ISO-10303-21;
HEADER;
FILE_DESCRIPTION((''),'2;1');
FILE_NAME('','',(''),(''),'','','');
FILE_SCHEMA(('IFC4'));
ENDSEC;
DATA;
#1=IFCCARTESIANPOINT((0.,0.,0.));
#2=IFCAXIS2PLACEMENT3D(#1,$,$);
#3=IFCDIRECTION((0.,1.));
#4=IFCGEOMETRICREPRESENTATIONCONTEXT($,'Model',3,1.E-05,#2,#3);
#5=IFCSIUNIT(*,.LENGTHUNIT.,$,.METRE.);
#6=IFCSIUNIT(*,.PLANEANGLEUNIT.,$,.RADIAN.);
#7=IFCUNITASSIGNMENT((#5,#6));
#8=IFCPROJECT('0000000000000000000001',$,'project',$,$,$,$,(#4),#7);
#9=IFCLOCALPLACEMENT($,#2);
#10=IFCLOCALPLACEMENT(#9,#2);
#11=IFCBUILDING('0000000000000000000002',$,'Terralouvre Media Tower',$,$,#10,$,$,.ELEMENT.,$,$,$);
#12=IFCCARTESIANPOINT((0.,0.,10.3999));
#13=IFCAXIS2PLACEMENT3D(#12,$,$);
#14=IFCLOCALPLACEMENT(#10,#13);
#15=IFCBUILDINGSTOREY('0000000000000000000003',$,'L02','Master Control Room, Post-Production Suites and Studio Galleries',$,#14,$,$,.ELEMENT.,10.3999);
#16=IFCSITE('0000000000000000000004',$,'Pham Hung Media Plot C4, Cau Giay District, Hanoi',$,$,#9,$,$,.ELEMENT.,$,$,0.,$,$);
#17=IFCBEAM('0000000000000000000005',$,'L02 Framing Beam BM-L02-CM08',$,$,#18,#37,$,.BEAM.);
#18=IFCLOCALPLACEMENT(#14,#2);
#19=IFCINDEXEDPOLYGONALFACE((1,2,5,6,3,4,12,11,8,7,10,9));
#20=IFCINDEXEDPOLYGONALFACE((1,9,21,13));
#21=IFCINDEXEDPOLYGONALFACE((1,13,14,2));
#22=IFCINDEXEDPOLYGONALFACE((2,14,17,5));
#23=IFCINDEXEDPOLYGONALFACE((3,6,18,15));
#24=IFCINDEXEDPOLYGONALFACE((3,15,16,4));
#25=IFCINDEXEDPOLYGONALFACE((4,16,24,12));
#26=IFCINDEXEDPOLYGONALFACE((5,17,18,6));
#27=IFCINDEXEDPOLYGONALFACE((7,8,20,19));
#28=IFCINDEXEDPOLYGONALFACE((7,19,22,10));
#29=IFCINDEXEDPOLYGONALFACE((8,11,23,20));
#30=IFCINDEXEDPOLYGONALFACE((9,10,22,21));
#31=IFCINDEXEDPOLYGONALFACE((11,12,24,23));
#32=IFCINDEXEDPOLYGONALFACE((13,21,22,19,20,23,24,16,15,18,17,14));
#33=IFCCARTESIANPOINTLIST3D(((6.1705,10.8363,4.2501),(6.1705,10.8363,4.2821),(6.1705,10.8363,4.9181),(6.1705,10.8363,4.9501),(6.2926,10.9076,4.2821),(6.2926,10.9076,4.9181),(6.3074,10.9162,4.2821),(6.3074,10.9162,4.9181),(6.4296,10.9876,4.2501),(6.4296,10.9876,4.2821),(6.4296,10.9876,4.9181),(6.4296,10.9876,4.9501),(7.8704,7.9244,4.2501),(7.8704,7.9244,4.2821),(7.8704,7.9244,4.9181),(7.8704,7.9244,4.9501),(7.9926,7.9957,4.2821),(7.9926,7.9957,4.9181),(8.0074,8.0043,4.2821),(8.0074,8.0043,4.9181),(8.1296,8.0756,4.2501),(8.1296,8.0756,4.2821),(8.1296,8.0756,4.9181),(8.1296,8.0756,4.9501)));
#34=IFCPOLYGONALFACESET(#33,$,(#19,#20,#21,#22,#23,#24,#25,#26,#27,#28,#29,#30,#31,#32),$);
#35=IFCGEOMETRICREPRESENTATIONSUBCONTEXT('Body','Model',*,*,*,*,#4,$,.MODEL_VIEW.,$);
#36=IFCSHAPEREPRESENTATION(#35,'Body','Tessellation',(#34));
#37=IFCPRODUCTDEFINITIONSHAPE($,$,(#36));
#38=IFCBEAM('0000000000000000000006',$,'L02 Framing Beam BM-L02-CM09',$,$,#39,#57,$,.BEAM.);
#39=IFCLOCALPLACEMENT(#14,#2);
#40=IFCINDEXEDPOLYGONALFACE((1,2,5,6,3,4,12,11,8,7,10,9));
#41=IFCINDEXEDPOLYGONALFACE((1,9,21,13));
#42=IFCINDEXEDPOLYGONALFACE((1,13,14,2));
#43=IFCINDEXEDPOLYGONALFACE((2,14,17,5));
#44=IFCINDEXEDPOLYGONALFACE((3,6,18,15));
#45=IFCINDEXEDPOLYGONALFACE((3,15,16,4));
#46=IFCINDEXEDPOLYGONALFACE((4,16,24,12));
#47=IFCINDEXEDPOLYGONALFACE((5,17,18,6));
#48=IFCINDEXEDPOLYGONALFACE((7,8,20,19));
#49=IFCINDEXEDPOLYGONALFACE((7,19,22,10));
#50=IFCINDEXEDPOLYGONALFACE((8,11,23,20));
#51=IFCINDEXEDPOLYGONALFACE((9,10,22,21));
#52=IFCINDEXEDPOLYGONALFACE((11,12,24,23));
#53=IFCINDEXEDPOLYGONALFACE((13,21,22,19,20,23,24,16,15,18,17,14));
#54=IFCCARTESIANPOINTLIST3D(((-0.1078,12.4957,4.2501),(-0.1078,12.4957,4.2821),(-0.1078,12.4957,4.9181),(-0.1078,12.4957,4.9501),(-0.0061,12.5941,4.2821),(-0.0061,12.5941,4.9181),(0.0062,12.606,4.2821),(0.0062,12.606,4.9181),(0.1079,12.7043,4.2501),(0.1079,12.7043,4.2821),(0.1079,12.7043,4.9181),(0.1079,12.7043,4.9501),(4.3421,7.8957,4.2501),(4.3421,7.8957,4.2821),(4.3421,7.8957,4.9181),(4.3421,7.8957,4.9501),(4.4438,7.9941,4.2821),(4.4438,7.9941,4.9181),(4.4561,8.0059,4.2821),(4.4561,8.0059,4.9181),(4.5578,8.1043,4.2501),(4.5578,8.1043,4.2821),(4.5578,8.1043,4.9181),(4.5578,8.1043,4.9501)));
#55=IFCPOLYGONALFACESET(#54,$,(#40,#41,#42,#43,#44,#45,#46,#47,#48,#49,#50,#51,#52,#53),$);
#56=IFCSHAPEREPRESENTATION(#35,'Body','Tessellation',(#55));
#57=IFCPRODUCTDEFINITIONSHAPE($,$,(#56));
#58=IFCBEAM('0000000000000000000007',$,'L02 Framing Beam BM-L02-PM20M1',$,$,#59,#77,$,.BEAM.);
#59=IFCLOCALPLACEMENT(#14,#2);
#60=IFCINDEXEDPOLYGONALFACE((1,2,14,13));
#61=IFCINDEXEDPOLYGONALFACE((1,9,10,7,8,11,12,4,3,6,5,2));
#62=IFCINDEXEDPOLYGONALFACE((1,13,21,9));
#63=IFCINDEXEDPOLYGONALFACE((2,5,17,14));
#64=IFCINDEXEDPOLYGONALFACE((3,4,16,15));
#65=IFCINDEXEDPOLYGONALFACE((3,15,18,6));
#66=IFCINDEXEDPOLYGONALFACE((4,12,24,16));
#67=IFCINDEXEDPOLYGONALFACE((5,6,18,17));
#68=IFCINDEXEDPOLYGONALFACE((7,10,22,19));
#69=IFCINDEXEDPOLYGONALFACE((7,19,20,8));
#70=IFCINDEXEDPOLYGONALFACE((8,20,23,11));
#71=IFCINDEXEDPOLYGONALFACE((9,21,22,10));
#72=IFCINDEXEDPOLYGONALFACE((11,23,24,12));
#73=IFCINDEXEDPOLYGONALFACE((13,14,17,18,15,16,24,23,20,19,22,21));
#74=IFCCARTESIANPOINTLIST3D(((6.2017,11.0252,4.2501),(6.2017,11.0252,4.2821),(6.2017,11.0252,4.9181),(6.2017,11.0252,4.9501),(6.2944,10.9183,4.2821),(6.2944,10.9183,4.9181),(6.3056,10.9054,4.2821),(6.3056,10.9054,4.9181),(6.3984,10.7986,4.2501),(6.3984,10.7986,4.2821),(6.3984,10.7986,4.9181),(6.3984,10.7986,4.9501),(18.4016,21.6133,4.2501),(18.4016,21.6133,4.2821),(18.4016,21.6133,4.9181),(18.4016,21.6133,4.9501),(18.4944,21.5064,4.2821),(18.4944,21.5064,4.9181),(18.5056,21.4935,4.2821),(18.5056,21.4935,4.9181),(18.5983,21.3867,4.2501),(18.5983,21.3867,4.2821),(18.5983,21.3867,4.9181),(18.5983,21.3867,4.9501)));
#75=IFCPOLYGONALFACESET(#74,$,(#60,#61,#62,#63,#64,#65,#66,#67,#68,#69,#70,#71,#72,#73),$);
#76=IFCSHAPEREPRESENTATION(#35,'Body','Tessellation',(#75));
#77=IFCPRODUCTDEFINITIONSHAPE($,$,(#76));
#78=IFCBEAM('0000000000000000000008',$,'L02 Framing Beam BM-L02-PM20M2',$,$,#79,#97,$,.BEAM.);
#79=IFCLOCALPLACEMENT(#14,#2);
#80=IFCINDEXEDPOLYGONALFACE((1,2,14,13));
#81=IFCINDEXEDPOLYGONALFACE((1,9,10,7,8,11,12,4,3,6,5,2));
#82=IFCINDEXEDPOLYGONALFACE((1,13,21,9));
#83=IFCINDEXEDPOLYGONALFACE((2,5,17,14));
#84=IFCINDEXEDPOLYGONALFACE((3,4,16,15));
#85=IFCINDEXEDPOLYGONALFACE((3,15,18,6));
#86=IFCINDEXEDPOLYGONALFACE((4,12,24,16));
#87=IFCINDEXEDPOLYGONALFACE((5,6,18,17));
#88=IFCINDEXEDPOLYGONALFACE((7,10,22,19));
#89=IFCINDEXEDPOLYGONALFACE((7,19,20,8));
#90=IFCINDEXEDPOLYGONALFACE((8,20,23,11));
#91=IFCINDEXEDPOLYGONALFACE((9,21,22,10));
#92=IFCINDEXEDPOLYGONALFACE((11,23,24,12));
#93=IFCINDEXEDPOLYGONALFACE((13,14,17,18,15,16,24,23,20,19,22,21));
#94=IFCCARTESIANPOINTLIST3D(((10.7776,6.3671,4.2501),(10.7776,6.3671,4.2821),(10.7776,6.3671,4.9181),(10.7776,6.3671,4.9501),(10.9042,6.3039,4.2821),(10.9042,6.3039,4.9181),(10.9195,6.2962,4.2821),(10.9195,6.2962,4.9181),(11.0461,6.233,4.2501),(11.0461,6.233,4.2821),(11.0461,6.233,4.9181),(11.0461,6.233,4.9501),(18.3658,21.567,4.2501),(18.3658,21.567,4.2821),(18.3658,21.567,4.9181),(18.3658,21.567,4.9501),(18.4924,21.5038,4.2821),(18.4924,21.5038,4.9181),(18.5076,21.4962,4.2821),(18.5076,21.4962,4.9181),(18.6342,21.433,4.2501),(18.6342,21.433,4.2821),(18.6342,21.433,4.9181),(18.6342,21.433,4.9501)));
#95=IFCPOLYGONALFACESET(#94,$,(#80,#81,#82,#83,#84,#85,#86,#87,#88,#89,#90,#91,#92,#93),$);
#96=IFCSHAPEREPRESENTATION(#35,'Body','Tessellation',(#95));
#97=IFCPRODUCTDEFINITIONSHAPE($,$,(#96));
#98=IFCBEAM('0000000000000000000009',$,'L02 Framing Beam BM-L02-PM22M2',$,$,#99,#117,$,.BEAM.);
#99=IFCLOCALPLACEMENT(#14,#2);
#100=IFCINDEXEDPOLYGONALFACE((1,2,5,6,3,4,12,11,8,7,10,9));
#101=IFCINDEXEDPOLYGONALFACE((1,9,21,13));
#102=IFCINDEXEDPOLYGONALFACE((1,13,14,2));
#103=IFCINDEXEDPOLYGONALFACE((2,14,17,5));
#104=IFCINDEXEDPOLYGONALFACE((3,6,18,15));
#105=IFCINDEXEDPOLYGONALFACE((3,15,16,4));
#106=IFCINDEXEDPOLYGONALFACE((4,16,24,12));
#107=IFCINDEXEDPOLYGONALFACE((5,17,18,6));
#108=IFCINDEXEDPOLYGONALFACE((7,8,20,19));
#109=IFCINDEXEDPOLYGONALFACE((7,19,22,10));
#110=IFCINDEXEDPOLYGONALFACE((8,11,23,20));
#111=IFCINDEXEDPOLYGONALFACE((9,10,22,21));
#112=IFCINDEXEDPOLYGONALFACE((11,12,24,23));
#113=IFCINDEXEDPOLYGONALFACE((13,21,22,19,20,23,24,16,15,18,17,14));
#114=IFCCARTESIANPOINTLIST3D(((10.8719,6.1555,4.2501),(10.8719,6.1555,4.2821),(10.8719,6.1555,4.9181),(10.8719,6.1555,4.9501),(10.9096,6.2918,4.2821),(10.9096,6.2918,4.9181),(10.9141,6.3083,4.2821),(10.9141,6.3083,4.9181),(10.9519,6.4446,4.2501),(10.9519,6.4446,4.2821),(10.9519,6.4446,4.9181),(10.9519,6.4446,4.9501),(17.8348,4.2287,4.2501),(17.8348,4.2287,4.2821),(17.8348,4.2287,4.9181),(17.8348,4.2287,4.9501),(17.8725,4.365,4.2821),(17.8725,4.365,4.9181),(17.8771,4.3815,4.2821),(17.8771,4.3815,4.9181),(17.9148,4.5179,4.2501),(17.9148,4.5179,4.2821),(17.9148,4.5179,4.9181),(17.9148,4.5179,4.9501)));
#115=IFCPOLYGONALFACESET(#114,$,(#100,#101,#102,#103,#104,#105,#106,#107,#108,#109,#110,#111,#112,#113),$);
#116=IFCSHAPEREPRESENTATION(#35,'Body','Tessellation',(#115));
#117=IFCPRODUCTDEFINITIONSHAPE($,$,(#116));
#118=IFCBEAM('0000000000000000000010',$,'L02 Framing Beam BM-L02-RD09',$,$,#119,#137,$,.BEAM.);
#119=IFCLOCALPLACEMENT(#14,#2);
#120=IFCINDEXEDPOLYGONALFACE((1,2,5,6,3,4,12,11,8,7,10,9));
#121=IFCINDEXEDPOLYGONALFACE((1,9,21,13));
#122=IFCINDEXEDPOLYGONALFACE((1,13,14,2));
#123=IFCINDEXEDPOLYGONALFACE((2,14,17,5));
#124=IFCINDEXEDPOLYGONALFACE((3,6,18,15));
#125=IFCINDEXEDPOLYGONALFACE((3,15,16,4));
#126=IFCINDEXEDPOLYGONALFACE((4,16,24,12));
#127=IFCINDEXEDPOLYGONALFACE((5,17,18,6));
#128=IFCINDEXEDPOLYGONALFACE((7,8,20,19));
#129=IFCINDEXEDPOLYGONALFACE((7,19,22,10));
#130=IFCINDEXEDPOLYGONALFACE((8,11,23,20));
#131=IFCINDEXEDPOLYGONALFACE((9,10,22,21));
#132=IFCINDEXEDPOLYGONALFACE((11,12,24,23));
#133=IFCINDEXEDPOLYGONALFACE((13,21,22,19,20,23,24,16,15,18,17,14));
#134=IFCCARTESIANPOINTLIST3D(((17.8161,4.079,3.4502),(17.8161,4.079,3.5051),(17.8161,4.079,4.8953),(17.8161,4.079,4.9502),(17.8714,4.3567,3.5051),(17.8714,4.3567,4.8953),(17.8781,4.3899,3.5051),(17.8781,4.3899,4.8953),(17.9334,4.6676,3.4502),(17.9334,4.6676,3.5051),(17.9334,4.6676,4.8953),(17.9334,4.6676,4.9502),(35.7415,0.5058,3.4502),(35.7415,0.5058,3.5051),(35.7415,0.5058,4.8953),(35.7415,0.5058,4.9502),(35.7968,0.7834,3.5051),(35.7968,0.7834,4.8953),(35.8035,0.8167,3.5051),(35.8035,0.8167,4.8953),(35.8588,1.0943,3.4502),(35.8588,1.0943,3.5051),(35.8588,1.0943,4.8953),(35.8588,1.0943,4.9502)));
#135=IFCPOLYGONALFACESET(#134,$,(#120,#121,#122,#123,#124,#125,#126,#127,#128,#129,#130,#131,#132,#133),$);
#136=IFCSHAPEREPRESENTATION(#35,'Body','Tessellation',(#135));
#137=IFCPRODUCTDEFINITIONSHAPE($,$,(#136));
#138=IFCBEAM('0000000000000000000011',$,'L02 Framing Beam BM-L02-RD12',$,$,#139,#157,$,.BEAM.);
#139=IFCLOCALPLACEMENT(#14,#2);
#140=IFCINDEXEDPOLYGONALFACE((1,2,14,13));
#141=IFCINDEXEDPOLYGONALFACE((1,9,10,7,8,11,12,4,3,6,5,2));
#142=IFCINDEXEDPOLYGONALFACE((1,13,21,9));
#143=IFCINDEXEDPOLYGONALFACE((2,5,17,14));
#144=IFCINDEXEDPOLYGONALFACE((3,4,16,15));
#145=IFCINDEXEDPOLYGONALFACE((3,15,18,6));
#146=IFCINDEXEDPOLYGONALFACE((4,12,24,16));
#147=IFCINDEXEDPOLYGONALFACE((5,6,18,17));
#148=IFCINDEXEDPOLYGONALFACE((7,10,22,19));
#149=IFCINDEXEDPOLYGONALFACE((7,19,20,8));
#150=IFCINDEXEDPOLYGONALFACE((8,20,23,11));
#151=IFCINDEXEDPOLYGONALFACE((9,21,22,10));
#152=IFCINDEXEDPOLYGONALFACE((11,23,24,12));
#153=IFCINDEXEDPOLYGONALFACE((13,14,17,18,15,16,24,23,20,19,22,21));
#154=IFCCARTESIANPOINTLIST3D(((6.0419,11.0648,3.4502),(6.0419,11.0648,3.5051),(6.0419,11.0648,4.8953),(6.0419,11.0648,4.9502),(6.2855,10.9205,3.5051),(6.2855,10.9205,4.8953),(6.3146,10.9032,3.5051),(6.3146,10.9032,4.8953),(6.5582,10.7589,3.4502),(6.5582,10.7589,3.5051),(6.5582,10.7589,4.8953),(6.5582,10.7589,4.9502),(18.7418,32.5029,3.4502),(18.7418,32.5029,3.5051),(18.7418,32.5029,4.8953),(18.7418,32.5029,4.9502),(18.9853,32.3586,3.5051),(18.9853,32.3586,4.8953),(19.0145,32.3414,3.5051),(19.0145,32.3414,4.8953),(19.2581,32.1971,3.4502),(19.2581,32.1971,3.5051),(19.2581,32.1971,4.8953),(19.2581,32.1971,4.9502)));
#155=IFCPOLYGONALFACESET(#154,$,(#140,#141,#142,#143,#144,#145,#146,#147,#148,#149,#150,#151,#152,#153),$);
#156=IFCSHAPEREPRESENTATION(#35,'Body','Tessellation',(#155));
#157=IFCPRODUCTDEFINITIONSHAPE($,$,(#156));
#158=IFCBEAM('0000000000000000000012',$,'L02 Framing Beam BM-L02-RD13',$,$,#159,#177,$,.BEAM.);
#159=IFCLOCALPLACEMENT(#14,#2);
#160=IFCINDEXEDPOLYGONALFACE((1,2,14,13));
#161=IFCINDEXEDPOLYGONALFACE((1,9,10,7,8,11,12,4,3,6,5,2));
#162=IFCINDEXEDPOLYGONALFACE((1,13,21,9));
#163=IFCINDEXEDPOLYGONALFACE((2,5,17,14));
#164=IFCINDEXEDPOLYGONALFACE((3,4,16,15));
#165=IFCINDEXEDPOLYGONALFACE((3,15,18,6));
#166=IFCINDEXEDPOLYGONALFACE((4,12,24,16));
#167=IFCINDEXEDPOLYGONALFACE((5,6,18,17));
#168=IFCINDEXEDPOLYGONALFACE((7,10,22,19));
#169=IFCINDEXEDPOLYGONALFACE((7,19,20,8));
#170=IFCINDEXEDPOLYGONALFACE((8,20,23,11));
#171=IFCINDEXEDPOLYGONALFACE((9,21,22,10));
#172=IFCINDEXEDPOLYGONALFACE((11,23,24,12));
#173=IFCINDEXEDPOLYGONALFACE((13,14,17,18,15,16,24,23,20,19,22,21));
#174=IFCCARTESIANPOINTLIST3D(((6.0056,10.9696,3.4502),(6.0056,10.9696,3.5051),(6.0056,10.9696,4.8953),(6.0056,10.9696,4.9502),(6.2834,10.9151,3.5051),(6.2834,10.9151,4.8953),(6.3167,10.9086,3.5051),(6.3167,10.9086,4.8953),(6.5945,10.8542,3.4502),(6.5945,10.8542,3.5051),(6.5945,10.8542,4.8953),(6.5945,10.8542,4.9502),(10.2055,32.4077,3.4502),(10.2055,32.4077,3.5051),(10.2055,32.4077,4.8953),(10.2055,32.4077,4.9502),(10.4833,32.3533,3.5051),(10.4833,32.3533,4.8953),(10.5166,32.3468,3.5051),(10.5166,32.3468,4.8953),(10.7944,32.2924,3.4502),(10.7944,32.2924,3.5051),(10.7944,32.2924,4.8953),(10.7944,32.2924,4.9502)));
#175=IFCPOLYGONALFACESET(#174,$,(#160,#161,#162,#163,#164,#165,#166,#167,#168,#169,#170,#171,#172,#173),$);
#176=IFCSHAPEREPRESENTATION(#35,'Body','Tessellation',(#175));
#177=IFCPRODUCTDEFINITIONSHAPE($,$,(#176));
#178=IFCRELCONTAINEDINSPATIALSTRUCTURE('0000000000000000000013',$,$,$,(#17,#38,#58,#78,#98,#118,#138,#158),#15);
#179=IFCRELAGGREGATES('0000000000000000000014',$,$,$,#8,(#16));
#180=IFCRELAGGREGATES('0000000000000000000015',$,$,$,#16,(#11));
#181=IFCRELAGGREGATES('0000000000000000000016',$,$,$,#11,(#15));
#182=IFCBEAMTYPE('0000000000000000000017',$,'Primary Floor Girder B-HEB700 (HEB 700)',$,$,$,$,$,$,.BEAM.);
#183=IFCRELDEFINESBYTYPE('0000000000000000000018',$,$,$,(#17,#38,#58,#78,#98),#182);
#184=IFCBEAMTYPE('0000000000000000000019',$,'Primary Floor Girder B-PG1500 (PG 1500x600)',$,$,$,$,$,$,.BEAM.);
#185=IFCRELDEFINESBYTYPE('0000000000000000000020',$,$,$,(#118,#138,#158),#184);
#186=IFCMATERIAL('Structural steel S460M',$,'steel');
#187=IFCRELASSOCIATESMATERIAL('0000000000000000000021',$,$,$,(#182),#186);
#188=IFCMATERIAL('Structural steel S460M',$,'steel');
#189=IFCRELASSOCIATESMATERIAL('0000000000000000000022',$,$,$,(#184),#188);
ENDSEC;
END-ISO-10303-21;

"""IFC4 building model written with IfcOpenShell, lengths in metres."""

from ifc_helpers import new_model, si_unit, direction, frame, origin, origin_2d, place, context, subcontext, project, spatial, i_section, extrude, material, material_profile, profile_set, type_object, element, save


model = new_model("IFC4")

# Units and contexts
model_context = context("Model", 3, precision=1e-05, world=origin(), true_north=direction((0.0, 1.0)))
body_context = subcontext(model_context, "Body", "Model", "MODEL_VIEW")
ifc_project = project(units=[si_unit("LENGTHUNIT", "METRE"), si_unit("PLANEANGLEUNIT", "RADIAN")], contexts=[model_context])

# Site, building, storey
site_placement = place(None, origin())
site = spatial("IfcSite", under=ifc_project, at=site_placement, Name="Pham Hung Media Plot C4, Cau Giay District, Hanoi", CompositionType="ELEMENT", RefElevation=0.0)
building_placement = place(site_placement, origin())
building = spatial("IfcBuilding", under=site, at=building_placement, Name="Terralouvre Media Tower", CompositionType="ELEMENT")
storey_placement = place(building_placement, frame((0.0, 0.0, 10.3999)))
storey = spatial("IfcBuildingStorey", under=building, at=storey_placement, Name="L02", Description="Master Control Room, Post-Production Suites and Studio Galleries", CompositionType="ELEMENT", Elevation=10.3999)

# Beams
ifc_material_1 = material(Name="Structural steel S460M", Category="steel")
ifc_material_profile_1 = material_profile(ifc_material_1, i_section(OverallWidth=0.3, OverallDepth=0.7, WebThickness=0.0171, FlangeThickness=0.032, at=origin_2d()), Name="HEB 700")
ifc_profile_set_1 = profile_set([ifc_material_profile_1], Name="Structural steel S460M")
beam_type_1 = type_object("IfcBeamType", Name="Primary Floor Girder B-HEB700 (HEB 700)", PredefinedType="BEAM", material=ifc_profile_set_1)
for number, where, z_axis, x_axis, name in (
    (1, (8.0, 8.0, 4.6001), (-0.504173, 0.863603, 0.0), (-0.863603, -0.504173, 0.0), "L02 Framing Beam BM-L02-CM08"),
):
    element("IfcBeam", number, at=place(storey_placement, frame(where, z_axis=z_axis, x_axis=x_axis)), inside=storey, type_object=beam_type_1, Name=name, PredefinedType="BEAM", context=body_context, shape_type="SweptSolid", body=[
        extrude(i_section(OverallWidth=0.3, OverallDepth=0.7, WebThickness=0.0171, FlangeThickness=0.032, at=origin_2d()), origin(), (0.0, 0.0, 1.0), 3.3718),
    ])
beam_1_placement = place(storey_placement, frame((4.45, 8.0, 4.6001), z_axis=(-0.69528, 0.718739, 0.0), x_axis=(-0.718739, -0.69528, 0.0)))
element("IfcBeam", 2, at=beam_1_placement, inside=storey, type_object=beam_type_1, Name="L02 Framing Beam BM-L02-CM09", PredefinedType="BEAM", context=body_context, shape_type="SweptSolid", body=[
    extrude(i_section(OverallWidth=0.3, OverallDepth=0.7, WebThickness=0.0171, FlangeThickness=0.032, at=origin_2d()), origin(), (0.0, 0.0, 1.0), 6.4001),
])
beam_2_placement = place(storey_placement, frame((6.3, 10.9119, 4.6001), z_axis=(0.755234, 0.655455, 0.0), x_axis=(-0.655455, 0.755234, 0.0)))
element("IfcBeam", 3, at=beam_2_placement, inside=storey, type_object=beam_type_1, Name="L02 Framing Beam BM-L02-PM20M1", PredefinedType="BEAM", context=body_context, shape_type="SweptSolid", body=[
    extrude(i_section(OverallWidth=0.3, OverallDepth=0.7, WebThickness=0.0171, FlangeThickness=0.032, at=origin_2d()), origin(), (0.0, 0.0, 1.0), 16.1538),
])
beam_3_placement = place(storey_placement, frame((10.9119, 6.3, 4.6001), z_axis=(0.446656, 0.894706, 0.0), x_axis=(-0.894706, 0.446656, 0.0)))
element("IfcBeam", 4, at=beam_3_placement, inside=storey, type_object=beam_type_1, Name="L02 Framing Beam BM-L02-PM20M2", PredefinedType="BEAM", context=body_context, shape_type="SweptSolid", body=[
    extrude(i_section(OverallWidth=0.3, OverallDepth=0.7, WebThickness=0.0171, FlangeThickness=0.032, at=origin_2d()), origin(), (0.0, 0.0, 1.0), 16.9888),
])
beam_4_placement = place(storey_placement, frame((10.9119, 6.3, 4.6001), z_axis=(0.963781, -0.266696, 0.0), x_axis=(0.266696, 0.963781, 0.0)))
element("IfcBeam", 5, at=beam_4_placement, inside=storey, type_object=beam_type_1, Name="L02 Framing Beam BM-L02-PM22M2", PredefinedType="BEAM", context=body_context, shape_type="SweptSolid", body=[
    extrude(i_section(OverallWidth=0.3, OverallDepth=0.7, WebThickness=0.0171, FlangeThickness=0.032, at=origin_2d()), origin(), (0.0, 0.0, 1.0), 7.2246),
])
ifc_material_2 = material(Name="Structural steel S460M", Category="steel")
ifc_material_profile_2 = material_profile(ifc_material_2, i_section(OverallWidth=0.6001, OverallDepth=1.5, WebThickness=0.0339, FlangeThickness=0.0549, at=origin_2d()), Name="PG 1500x600")
ifc_profile_set_2 = profile_set([ifc_material_profile_2], Name="Structural steel S460M")
beam_type_2 = type_object("IfcBeamType", Name="Primary Floor Girder B-PG1500 (PG 1500x600)", PredefinedType="BEAM", material=ifc_profile_set_2)
beam_5_placement = place(storey_placement, frame((17.8748, 4.3733, 4.2002), z_axis=(0.980705, -0.195494, 0.0), x_axis=(0.195494, 0.980705, 0.0)))
element("IfcBeam", 6, at=beam_5_placement, inside=storey, type_object=beam_type_2, Name="L02 Framing Beam BM-L02-RD09", PredefinedType="BEAM", context=body_context, shape_type="SweptSolid", body=[
    extrude(i_section(OverallWidth=0.6001, OverallDepth=1.5, WebThickness=0.0339, FlangeThickness=0.0549, at=origin_2d()), origin(), (0.0, 0.0, 1.0), 18.2781),
])
beam_6_placement = place(storey_placement, frame((6.3, 10.9119, 4.2002), z_axis=(0.509678, 0.860365, 0.0), x_axis=(-0.860365, 0.509678, 0.0)))
element("IfcBeam", 7, at=beam_6_placement, inside=storey, type_object=beam_type_2, Name="L02 Framing Beam BM-L02-RD12", PredefinedType="BEAM", context=body_context, shape_type="SweptSolid", body=[
    extrude(i_section(OverallWidth=0.6001, OverallDepth=1.5, WebThickness=0.0339, FlangeThickness=0.0549, at=origin_2d()), origin(), (0.0, 0.0, 1.0), 24.9175),
])
beam_7_placement = place(storey_placement, frame((6.3, 10.9119, 4.2002), z_axis=(0.192255, 0.981345, 0.0), x_axis=(-0.981345, 0.192255, 0.0)))
element("IfcBeam", 8, at=beam_7_placement, inside=storey, type_object=beam_type_2, Name="L02 Framing Beam BM-L02-RD13", PredefinedType="BEAM", context=body_context, shape_type="SweptSolid", body=[
    extrude(i_section(OverallWidth=0.6001, OverallDepth=1.5, WebThickness=0.0339, FlangeThickness=0.0549, at=origin_2d()), origin(), (0.0, 0.0, 1.0), 21.8457),
])

save(model, "model.ifc")
